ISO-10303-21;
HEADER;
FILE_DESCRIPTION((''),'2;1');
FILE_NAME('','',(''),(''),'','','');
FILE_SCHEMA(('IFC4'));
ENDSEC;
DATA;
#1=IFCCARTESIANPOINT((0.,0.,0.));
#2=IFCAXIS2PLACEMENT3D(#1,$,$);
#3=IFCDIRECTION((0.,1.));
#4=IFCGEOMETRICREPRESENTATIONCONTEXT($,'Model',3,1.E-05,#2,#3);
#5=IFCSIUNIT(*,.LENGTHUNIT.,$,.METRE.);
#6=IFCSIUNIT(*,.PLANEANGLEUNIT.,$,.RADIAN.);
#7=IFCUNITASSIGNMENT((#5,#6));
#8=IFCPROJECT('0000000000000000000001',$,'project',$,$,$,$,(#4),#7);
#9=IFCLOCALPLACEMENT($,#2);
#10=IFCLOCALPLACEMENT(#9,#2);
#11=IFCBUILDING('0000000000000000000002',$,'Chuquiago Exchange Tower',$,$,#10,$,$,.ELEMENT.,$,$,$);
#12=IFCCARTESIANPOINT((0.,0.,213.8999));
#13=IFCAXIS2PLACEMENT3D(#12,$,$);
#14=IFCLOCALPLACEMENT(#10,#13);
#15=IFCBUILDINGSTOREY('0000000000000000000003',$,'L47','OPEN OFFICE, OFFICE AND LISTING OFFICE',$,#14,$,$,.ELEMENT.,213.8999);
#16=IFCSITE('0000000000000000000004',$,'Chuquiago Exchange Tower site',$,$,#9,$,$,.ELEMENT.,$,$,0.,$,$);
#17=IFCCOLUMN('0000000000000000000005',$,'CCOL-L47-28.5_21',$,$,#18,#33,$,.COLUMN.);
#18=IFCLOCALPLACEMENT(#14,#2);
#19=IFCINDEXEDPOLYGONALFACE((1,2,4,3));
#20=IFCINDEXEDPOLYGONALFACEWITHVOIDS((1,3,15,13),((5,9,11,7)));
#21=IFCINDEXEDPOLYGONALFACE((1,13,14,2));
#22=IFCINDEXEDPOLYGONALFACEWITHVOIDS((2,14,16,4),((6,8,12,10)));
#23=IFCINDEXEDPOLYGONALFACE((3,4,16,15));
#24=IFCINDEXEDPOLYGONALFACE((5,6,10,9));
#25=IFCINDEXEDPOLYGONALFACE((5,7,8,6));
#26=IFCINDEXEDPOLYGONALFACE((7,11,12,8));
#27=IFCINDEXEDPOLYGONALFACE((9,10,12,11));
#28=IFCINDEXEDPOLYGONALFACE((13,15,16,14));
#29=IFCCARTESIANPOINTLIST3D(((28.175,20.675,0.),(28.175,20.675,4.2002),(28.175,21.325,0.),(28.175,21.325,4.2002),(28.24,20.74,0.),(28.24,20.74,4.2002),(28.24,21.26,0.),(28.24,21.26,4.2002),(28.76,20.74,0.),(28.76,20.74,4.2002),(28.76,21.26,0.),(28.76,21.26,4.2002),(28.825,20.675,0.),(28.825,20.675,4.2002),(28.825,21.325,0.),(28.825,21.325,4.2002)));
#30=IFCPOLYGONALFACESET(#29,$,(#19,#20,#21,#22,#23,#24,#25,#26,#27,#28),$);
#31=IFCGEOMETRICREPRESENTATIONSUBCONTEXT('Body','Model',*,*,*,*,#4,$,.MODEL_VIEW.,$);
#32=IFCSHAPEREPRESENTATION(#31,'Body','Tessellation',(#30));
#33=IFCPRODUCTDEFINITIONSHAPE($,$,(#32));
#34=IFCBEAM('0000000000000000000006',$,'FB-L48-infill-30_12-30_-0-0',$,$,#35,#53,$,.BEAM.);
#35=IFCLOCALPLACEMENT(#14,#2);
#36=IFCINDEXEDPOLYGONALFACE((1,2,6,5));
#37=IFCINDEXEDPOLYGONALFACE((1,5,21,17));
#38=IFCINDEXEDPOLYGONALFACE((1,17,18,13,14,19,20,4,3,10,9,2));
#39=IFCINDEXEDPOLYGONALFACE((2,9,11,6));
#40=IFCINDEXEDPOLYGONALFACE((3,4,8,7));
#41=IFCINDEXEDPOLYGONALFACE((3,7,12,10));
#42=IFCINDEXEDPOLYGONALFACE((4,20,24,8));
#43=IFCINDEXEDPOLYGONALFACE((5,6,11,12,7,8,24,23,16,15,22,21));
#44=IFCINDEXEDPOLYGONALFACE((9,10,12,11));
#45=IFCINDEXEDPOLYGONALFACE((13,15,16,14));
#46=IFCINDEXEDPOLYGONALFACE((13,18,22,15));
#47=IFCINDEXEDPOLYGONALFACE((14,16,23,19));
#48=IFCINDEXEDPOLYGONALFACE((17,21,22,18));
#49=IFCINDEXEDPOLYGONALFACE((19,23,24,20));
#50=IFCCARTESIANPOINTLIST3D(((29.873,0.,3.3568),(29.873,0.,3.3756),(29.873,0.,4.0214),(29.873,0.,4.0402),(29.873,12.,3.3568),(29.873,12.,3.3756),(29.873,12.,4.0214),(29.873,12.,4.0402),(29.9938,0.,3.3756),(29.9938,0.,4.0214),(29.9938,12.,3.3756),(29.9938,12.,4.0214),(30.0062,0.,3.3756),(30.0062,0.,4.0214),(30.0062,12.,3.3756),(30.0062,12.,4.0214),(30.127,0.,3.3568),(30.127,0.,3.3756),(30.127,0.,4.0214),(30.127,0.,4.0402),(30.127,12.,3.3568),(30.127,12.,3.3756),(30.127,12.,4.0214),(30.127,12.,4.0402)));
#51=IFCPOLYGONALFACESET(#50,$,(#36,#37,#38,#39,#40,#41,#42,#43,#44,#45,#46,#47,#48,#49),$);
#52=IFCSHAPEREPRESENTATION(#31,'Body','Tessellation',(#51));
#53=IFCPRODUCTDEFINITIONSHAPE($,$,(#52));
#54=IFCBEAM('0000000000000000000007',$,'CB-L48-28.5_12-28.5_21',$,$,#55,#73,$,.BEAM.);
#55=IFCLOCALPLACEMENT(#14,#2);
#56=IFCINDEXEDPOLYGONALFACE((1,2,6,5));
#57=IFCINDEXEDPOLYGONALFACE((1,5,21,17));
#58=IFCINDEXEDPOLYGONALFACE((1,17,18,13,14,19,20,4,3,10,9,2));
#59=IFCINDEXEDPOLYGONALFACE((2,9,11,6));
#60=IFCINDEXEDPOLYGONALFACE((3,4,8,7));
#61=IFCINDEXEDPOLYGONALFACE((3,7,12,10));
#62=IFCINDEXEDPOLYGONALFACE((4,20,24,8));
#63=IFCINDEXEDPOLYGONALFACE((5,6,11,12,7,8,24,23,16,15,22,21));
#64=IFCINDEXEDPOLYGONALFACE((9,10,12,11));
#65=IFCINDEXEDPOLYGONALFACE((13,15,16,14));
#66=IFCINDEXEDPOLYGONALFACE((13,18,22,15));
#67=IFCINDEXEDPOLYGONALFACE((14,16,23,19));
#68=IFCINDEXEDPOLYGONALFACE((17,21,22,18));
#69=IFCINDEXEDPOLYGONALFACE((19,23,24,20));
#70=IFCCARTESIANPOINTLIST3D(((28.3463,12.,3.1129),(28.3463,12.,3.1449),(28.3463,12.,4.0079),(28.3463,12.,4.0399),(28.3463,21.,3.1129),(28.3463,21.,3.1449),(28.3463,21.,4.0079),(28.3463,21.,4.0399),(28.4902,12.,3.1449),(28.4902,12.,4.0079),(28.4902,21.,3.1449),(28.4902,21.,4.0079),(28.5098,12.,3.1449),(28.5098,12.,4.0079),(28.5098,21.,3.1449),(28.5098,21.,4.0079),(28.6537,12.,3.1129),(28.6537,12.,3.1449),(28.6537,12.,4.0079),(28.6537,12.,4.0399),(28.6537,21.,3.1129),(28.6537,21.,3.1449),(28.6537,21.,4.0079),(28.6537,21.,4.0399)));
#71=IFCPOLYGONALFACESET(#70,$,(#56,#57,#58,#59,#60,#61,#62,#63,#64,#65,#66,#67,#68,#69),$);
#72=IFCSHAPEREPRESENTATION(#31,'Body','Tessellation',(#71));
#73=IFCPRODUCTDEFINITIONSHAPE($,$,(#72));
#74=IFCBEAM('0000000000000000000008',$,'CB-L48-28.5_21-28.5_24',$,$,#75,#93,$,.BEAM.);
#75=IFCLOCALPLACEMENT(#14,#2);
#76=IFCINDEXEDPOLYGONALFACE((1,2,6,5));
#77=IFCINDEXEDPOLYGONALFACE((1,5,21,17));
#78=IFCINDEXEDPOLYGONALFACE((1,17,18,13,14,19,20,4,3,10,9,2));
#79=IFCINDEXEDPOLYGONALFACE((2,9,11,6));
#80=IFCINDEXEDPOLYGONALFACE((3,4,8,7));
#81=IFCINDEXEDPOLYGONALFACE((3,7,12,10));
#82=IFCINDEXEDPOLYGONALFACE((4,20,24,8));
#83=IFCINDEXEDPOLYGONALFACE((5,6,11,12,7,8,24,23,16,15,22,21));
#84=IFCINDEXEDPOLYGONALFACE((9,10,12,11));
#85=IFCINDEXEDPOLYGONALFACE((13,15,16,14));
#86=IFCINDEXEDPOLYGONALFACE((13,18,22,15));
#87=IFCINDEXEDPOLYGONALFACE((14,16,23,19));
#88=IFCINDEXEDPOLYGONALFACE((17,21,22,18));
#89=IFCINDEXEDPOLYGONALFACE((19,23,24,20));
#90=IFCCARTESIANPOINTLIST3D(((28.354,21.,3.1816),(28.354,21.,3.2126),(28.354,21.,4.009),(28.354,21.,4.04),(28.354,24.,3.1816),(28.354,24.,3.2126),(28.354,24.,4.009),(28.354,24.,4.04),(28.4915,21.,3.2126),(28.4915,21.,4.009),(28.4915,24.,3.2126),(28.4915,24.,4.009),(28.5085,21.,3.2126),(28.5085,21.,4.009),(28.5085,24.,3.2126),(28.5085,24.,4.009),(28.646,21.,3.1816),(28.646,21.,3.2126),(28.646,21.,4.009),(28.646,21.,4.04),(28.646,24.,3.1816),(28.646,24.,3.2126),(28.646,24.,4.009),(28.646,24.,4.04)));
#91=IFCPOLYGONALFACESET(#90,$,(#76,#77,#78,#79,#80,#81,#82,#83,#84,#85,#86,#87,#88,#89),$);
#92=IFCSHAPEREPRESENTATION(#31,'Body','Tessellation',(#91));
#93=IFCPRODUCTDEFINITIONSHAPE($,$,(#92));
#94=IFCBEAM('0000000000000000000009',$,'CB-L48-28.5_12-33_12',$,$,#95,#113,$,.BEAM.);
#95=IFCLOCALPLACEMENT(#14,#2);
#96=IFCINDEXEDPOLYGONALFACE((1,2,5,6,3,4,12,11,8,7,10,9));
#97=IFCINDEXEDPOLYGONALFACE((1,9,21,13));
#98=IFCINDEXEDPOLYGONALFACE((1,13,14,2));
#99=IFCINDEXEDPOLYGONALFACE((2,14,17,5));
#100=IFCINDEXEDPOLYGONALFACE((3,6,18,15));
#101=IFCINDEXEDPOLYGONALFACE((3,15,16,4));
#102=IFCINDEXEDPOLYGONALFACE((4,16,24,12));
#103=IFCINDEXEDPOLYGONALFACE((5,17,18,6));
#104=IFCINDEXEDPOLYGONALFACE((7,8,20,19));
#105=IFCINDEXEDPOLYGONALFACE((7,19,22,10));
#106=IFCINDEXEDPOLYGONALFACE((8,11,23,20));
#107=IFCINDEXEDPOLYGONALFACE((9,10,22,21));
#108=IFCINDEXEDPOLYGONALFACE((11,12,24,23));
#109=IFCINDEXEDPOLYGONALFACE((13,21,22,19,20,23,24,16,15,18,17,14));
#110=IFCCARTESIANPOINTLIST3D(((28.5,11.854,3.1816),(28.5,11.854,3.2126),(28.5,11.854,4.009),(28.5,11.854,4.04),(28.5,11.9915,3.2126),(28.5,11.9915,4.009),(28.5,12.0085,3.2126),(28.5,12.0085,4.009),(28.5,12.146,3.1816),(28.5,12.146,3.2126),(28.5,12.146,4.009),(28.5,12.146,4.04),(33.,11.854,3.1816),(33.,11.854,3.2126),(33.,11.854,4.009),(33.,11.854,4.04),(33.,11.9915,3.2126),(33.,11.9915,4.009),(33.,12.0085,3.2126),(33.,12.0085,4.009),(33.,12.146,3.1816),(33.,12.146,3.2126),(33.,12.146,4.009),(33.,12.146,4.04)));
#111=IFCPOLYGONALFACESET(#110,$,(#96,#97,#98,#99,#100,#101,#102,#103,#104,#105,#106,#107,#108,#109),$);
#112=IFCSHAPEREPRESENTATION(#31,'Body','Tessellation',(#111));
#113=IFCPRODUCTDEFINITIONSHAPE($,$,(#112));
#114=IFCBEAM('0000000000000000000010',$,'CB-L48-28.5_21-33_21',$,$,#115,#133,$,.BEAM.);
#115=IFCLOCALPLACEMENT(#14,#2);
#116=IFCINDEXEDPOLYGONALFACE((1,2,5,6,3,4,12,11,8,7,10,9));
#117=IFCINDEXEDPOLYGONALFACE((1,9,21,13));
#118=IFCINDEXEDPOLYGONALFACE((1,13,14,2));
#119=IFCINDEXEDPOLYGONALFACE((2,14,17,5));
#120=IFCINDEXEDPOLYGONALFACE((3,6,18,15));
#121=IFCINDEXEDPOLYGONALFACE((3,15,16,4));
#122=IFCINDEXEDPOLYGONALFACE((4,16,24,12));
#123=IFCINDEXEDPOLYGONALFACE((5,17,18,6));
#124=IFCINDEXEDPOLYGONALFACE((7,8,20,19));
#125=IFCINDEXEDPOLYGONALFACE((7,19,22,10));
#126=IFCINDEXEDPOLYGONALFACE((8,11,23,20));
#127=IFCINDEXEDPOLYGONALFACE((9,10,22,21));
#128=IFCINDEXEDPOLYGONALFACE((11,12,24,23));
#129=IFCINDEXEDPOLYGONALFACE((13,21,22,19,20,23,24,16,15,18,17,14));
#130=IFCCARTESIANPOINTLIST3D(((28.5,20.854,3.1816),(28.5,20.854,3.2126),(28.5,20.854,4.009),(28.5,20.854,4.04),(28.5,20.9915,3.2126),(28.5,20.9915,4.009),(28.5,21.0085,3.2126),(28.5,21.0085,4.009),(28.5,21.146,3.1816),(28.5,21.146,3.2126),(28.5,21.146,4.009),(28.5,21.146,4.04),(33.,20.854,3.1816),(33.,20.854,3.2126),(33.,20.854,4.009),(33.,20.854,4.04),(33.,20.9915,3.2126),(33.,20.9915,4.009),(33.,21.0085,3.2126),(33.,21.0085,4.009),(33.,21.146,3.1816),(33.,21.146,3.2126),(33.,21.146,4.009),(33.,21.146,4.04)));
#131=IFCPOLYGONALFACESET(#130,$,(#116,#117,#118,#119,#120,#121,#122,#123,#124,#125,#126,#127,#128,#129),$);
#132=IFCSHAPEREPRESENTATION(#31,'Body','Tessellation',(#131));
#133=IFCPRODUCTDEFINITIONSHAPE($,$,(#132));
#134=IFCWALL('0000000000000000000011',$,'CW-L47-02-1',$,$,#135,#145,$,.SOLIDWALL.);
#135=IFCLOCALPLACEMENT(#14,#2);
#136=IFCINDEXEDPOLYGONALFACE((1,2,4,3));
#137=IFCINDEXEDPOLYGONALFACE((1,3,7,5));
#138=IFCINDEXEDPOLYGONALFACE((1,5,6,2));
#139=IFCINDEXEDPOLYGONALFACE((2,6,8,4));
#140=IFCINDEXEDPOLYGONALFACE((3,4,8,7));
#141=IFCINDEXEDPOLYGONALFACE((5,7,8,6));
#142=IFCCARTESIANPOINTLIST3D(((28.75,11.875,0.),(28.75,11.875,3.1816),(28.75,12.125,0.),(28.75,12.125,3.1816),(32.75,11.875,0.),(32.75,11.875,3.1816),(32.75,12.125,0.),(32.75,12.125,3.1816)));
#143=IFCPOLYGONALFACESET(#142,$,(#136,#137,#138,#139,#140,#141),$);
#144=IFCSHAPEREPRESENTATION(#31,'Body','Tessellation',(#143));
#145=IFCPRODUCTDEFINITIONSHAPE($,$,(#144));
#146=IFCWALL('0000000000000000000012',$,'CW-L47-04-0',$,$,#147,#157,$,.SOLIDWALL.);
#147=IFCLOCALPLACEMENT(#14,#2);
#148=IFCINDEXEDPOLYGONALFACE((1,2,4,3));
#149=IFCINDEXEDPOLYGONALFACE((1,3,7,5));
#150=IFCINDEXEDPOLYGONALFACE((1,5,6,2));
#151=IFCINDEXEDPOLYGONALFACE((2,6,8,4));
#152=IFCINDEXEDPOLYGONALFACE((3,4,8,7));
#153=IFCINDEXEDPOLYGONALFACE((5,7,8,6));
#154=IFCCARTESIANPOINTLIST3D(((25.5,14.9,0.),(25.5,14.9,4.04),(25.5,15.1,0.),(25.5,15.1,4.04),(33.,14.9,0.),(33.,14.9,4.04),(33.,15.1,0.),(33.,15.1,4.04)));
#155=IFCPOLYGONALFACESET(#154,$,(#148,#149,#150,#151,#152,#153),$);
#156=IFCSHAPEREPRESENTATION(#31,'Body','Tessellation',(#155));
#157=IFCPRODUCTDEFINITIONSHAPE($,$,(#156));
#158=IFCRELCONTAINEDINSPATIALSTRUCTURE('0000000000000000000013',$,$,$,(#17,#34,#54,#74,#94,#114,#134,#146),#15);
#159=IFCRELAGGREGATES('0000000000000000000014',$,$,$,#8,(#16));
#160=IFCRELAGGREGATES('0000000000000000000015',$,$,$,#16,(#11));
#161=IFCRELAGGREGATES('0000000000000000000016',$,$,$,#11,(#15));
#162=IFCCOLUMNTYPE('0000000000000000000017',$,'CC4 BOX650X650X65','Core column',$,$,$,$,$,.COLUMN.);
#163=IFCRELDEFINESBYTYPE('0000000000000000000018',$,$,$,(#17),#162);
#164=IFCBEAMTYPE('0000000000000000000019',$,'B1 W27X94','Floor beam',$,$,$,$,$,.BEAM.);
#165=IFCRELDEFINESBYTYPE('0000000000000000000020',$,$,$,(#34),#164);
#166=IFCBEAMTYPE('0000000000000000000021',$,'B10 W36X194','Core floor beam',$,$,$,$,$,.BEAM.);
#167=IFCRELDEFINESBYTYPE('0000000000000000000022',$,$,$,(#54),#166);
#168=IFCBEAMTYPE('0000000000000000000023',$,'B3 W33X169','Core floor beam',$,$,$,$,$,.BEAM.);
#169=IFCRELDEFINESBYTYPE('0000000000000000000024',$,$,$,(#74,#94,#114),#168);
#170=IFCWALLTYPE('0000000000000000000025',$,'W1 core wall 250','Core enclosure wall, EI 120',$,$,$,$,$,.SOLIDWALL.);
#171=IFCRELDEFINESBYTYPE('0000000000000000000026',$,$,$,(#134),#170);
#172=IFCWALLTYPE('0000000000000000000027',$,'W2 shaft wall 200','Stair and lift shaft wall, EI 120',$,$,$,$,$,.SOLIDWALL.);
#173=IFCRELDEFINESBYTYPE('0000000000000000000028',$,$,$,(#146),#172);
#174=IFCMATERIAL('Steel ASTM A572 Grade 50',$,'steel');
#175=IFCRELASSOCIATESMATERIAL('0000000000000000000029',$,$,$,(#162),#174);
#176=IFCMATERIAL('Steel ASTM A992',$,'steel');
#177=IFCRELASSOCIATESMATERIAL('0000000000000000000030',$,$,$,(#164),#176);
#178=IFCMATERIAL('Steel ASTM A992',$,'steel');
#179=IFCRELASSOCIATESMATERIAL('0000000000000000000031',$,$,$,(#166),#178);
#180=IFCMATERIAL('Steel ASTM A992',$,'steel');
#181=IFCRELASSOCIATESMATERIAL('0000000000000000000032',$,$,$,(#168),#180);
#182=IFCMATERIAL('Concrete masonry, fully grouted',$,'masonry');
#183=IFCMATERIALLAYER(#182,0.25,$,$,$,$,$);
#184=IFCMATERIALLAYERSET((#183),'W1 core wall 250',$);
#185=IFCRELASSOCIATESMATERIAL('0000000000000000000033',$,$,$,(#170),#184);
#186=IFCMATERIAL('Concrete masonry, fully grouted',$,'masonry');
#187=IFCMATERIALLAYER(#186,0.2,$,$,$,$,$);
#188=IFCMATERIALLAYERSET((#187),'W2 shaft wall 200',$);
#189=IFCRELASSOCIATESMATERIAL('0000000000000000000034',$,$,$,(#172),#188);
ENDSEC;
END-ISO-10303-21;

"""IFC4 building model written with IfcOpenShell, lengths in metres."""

from ifc_helpers import new_model, si_unit, direction, frame, frame_2d, origin, origin_2d, place, context, subcontext, project, spatial, rectangle, hollow_rectangle, i_section, extrude, material, layer, layer_set, material_profile, profile_set, type_object, element, save


model = new_model("IFC4")

# Units and contexts
model_context = context("Model", 3, precision=1e-05, world=origin(), true_north=direction((0.0, 1.0)))
body_context = subcontext(model_context, "Body", "Model", "MODEL_VIEW")
ifc_project = project(units=[si_unit("LENGTHUNIT", "METRE"), si_unit("PLANEANGLEUNIT", "RADIAN")], contexts=[model_context])

# Site, building, storey
site_placement = place(None, origin())
site = spatial("IfcSite", under=ifc_project, at=site_placement, Name="Chuquiago Exchange Tower site", CompositionType="ELEMENT", RefElevation=0.0)
building_placement = place(site_placement, origin())
building = spatial("IfcBuilding", under=site, at=building_placement, Name="Chuquiago Exchange Tower", CompositionType="ELEMENT")
storey_placement = place(building_placement, frame((0.0, 0.0, 213.8999)))
storey = spatial("IfcBuildingStorey", under=building, at=storey_placement, Name="L47", Description="OPEN OFFICE, OFFICE AND LISTING OFFICE", CompositionType="ELEMENT", Elevation=213.8999)

# Column
ifc_material_1 = material(Name="Steel ASTM A572 Grade 50", Category="steel")
ifc_material_profile_1 = material_profile(ifc_material_1, hollow_rectangle(XDim=0.6499, YDim=0.6499, WallThickness=0.0649, at=origin_2d()), Name="BOX650X650X65")
ifc_profile_set_1 = profile_set([ifc_material_profile_1], Name="Steel ASTM A572 Grade 50")
column_type = type_object("IfcColumnType", Name="CC4 BOX650X650X65", Description="Core column", PredefinedType="COLUMN", material=ifc_profile_set_1)
column_placement = place(storey_placement, frame((28.5, 21.0, 0.0), z_axis=(0.0, 0.0, 1.0), x_axis=(1.0, 0.0, 0.0)))
element("IfcColumn", 1, at=column_placement, inside=storey, type_object=column_type, Name="CCOL-L47-28.5_21", PredefinedType="COLUMN", context=body_context, shape_type="SweptSolid", body=[
    extrude(hollow_rectangle(XDim=0.6499, YDim=0.6499, WallThickness=0.0649, at=origin_2d()), origin(), (0.0, 0.0, 1.0), 4.2002),
])

# Beams
ifc_material_2 = material(Name="Steel ASTM A992", Category="steel")
ifc_material_profile_2 = material_profile(ifc_material_2, i_section(OverallWidth=0.2539, OverallDepth=0.6833, WebThickness=0.0125, FlangeThickness=0.0188, at=origin_2d()), Name="W27X94")
ifc_profile_set_2 = profile_set([ifc_material_profile_2], Name="Steel ASTM A992")
beam_type_1 = type_object("IfcBeamType", Name="B1 W27X94", Description="Floor beam", PredefinedType="BEAM", material=ifc_profile_set_2)
beam_1_placement = place(storey_placement, frame((30.0, 12.0, 3.6985), z_axis=(0.0, -1.0, 0.0), x_axis=(1.0, 0.0, 0.0)))
element("IfcBeam", 2, at=beam_1_placement, inside=storey, type_object=beam_type_1, Name="FB-L48-infill-30_12-30_-0-0", PredefinedType="BEAM", context=body_context, shape_type="SweptSolid", body=[
    extrude(i_section(OverallWidth=0.2539, OverallDepth=0.6833, WebThickness=0.0125, FlangeThickness=0.0188, at=origin_2d()), origin(), (0.0, 0.0, 1.0), 12.0),
])
ifc_material_3 = material(Name="Steel ASTM A992", Category="steel")
ifc_material_profile_3 = material_profile(ifc_material_3, i_section(OverallWidth=0.3074, OverallDepth=0.927, WebThickness=0.0195, FlangeThickness=0.032, at=origin_2d()), Name="W36X194")
ifc_profile_set_3 = profile_set([ifc_material_profile_3], Name="Steel ASTM A992")
beam_type_2 = type_object("IfcBeamType", Name="B10 W36X194", Description="Core floor beam", PredefinedType="BEAM", material=ifc_profile_set_3)
beam_2_placement = place(storey_placement, frame((28.5, 12.0, 3.5764), z_axis=(0.0, 1.0, 0.0), x_axis=(-1.0, 0.0, 0.0)))
element("IfcBeam", 3, at=beam_2_placement, inside=storey, type_object=beam_type_2, Name="CB-L48-28.5_12-28.5_21", PredefinedType="BEAM", context=body_context, shape_type="SweptSolid", body=[
    extrude(i_section(OverallWidth=0.3074, OverallDepth=0.927, WebThickness=0.0195, FlangeThickness=0.032, at=origin_2d()), origin(), (0.0, 0.0, 1.0), 9.0),
])
ifc_material_4 = material(Name="Steel ASTM A992", Category="steel")
ifc_material_profile_4 = material_profile(ifc_material_4, i_section(OverallWidth=0.292, OverallDepth=0.8584, WebThickness=0.0171, FlangeThickness=0.031, at=origin_2d()), Name="W33X169")
ifc_profile_set_4 = profile_set([ifc_material_profile_4], Name="Steel ASTM A992")
beam_type_3 = type_object("IfcBeamType", Name="B3 W33X169", Description="Core floor beam", PredefinedType="BEAM", material=ifc_profile_set_4)
beam_3_placement = place(storey_placement, frame((28.5, 21.0, 3.6108), z_axis=(0.0, 1.0, 0.0), x_axis=(-1.0, 0.0, 0.0)))
element("IfcBeam", 4, at=beam_3_placement, inside=storey, type_object=beam_type_3, Name="CB-L48-28.5_21-28.5_24", PredefinedType="BEAM", context=body_context, shape_type="SweptSolid", body=[
    extrude(i_section(OverallWidth=0.292, OverallDepth=0.8584, WebThickness=0.0171, FlangeThickness=0.031, at=origin_2d()), origin(), (0.0, 0.0, 1.0), 3.0),
])
for number, where, z_axis, x_axis, name in (
    (5, (28.5, 12.0, 3.6108), (1.0, 0.0, 0.0), (0.0, 1.0, 0.0), "CB-L48-28.5_12-33_12"),
    (6, (28.5, 21.0, 3.6108), (1.0, 0.0, 0.0), (0.0, 1.0, 0.0), "CB-L48-28.5_21-33_21"),
):
    element("IfcBeam", number, at=place(storey_placement, frame(where, z_axis=z_axis, x_axis=x_axis)), inside=storey, type_object=beam_type_3, Name=name, PredefinedType="BEAM", context=body_context, shape_type="SweptSolid", body=[
        extrude(i_section(OverallWidth=0.292, OverallDepth=0.8584, WebThickness=0.0171, FlangeThickness=0.031, at=origin_2d()), origin(), (0.0, 0.0, 1.0), 4.5),
    ])

# Walls
ifc_material_5 = material(Name="Concrete masonry, fully grouted", Category="masonry")
ifc_layer_1 = layer(ifc_material_5, 0.25)
ifc_layer_set_1 = layer_set([ifc_layer_1], Name="W1 core wall 250")
wall_type_1 = type_object("IfcWallType", Name="W1 core wall 250", Description="Core enclosure wall, EI 120", PredefinedType="SOLIDWALL", material=ifc_layer_set_1)
wall_1_placement = place(storey_placement, frame((28.75, 12.0, 0.0), z_axis=(0.0, 0.0, 1.0), x_axis=(1.0, 0.0, 0.0)))
element("IfcWall", 7, at=wall_1_placement, inside=storey, type_object=wall_type_1, Name="CW-L47-02-1", PredefinedType="SOLIDWALL", context=body_context, shape_type="SweptSolid", body=[
    extrude(rectangle(XDim=4.0, YDim=0.25, at=frame_2d((2.0, 0.0))), origin(), (0.0, 0.0, 1.0), 3.1816),
])
ifc_material_6 = material(Name="Concrete masonry, fully grouted", Category="masonry")
ifc_layer_2 = layer(ifc_material_6, 0.2)
ifc_layer_set_2 = layer_set([ifc_layer_2], Name="W2 shaft wall 200")
wall_type_2 = type_object("IfcWallType", Name="W2 shaft wall 200", Description="Stair and lift shaft wall, EI 120", PredefinedType="SOLIDWALL", material=ifc_layer_set_2)
wall_2_placement = place(storey_placement, frame((25.5, 15.0, 0.0), z_axis=(0.0, 0.0, 1.0), x_axis=(1.0, 0.0, 0.0)))
element("IfcWall", 8, at=wall_2_placement, inside=storey, type_object=wall_type_2, Name="CW-L47-04-0", PredefinedType="SOLIDWALL", context=body_context, shape_type="SweptSolid", body=[
    extrude(rectangle(XDim=7.5, YDim=0.2, at=frame_2d((3.75, 0.0))), origin(), (0.0, 0.0, 1.0), 4.04),
])

save(model, "model.ifc")
